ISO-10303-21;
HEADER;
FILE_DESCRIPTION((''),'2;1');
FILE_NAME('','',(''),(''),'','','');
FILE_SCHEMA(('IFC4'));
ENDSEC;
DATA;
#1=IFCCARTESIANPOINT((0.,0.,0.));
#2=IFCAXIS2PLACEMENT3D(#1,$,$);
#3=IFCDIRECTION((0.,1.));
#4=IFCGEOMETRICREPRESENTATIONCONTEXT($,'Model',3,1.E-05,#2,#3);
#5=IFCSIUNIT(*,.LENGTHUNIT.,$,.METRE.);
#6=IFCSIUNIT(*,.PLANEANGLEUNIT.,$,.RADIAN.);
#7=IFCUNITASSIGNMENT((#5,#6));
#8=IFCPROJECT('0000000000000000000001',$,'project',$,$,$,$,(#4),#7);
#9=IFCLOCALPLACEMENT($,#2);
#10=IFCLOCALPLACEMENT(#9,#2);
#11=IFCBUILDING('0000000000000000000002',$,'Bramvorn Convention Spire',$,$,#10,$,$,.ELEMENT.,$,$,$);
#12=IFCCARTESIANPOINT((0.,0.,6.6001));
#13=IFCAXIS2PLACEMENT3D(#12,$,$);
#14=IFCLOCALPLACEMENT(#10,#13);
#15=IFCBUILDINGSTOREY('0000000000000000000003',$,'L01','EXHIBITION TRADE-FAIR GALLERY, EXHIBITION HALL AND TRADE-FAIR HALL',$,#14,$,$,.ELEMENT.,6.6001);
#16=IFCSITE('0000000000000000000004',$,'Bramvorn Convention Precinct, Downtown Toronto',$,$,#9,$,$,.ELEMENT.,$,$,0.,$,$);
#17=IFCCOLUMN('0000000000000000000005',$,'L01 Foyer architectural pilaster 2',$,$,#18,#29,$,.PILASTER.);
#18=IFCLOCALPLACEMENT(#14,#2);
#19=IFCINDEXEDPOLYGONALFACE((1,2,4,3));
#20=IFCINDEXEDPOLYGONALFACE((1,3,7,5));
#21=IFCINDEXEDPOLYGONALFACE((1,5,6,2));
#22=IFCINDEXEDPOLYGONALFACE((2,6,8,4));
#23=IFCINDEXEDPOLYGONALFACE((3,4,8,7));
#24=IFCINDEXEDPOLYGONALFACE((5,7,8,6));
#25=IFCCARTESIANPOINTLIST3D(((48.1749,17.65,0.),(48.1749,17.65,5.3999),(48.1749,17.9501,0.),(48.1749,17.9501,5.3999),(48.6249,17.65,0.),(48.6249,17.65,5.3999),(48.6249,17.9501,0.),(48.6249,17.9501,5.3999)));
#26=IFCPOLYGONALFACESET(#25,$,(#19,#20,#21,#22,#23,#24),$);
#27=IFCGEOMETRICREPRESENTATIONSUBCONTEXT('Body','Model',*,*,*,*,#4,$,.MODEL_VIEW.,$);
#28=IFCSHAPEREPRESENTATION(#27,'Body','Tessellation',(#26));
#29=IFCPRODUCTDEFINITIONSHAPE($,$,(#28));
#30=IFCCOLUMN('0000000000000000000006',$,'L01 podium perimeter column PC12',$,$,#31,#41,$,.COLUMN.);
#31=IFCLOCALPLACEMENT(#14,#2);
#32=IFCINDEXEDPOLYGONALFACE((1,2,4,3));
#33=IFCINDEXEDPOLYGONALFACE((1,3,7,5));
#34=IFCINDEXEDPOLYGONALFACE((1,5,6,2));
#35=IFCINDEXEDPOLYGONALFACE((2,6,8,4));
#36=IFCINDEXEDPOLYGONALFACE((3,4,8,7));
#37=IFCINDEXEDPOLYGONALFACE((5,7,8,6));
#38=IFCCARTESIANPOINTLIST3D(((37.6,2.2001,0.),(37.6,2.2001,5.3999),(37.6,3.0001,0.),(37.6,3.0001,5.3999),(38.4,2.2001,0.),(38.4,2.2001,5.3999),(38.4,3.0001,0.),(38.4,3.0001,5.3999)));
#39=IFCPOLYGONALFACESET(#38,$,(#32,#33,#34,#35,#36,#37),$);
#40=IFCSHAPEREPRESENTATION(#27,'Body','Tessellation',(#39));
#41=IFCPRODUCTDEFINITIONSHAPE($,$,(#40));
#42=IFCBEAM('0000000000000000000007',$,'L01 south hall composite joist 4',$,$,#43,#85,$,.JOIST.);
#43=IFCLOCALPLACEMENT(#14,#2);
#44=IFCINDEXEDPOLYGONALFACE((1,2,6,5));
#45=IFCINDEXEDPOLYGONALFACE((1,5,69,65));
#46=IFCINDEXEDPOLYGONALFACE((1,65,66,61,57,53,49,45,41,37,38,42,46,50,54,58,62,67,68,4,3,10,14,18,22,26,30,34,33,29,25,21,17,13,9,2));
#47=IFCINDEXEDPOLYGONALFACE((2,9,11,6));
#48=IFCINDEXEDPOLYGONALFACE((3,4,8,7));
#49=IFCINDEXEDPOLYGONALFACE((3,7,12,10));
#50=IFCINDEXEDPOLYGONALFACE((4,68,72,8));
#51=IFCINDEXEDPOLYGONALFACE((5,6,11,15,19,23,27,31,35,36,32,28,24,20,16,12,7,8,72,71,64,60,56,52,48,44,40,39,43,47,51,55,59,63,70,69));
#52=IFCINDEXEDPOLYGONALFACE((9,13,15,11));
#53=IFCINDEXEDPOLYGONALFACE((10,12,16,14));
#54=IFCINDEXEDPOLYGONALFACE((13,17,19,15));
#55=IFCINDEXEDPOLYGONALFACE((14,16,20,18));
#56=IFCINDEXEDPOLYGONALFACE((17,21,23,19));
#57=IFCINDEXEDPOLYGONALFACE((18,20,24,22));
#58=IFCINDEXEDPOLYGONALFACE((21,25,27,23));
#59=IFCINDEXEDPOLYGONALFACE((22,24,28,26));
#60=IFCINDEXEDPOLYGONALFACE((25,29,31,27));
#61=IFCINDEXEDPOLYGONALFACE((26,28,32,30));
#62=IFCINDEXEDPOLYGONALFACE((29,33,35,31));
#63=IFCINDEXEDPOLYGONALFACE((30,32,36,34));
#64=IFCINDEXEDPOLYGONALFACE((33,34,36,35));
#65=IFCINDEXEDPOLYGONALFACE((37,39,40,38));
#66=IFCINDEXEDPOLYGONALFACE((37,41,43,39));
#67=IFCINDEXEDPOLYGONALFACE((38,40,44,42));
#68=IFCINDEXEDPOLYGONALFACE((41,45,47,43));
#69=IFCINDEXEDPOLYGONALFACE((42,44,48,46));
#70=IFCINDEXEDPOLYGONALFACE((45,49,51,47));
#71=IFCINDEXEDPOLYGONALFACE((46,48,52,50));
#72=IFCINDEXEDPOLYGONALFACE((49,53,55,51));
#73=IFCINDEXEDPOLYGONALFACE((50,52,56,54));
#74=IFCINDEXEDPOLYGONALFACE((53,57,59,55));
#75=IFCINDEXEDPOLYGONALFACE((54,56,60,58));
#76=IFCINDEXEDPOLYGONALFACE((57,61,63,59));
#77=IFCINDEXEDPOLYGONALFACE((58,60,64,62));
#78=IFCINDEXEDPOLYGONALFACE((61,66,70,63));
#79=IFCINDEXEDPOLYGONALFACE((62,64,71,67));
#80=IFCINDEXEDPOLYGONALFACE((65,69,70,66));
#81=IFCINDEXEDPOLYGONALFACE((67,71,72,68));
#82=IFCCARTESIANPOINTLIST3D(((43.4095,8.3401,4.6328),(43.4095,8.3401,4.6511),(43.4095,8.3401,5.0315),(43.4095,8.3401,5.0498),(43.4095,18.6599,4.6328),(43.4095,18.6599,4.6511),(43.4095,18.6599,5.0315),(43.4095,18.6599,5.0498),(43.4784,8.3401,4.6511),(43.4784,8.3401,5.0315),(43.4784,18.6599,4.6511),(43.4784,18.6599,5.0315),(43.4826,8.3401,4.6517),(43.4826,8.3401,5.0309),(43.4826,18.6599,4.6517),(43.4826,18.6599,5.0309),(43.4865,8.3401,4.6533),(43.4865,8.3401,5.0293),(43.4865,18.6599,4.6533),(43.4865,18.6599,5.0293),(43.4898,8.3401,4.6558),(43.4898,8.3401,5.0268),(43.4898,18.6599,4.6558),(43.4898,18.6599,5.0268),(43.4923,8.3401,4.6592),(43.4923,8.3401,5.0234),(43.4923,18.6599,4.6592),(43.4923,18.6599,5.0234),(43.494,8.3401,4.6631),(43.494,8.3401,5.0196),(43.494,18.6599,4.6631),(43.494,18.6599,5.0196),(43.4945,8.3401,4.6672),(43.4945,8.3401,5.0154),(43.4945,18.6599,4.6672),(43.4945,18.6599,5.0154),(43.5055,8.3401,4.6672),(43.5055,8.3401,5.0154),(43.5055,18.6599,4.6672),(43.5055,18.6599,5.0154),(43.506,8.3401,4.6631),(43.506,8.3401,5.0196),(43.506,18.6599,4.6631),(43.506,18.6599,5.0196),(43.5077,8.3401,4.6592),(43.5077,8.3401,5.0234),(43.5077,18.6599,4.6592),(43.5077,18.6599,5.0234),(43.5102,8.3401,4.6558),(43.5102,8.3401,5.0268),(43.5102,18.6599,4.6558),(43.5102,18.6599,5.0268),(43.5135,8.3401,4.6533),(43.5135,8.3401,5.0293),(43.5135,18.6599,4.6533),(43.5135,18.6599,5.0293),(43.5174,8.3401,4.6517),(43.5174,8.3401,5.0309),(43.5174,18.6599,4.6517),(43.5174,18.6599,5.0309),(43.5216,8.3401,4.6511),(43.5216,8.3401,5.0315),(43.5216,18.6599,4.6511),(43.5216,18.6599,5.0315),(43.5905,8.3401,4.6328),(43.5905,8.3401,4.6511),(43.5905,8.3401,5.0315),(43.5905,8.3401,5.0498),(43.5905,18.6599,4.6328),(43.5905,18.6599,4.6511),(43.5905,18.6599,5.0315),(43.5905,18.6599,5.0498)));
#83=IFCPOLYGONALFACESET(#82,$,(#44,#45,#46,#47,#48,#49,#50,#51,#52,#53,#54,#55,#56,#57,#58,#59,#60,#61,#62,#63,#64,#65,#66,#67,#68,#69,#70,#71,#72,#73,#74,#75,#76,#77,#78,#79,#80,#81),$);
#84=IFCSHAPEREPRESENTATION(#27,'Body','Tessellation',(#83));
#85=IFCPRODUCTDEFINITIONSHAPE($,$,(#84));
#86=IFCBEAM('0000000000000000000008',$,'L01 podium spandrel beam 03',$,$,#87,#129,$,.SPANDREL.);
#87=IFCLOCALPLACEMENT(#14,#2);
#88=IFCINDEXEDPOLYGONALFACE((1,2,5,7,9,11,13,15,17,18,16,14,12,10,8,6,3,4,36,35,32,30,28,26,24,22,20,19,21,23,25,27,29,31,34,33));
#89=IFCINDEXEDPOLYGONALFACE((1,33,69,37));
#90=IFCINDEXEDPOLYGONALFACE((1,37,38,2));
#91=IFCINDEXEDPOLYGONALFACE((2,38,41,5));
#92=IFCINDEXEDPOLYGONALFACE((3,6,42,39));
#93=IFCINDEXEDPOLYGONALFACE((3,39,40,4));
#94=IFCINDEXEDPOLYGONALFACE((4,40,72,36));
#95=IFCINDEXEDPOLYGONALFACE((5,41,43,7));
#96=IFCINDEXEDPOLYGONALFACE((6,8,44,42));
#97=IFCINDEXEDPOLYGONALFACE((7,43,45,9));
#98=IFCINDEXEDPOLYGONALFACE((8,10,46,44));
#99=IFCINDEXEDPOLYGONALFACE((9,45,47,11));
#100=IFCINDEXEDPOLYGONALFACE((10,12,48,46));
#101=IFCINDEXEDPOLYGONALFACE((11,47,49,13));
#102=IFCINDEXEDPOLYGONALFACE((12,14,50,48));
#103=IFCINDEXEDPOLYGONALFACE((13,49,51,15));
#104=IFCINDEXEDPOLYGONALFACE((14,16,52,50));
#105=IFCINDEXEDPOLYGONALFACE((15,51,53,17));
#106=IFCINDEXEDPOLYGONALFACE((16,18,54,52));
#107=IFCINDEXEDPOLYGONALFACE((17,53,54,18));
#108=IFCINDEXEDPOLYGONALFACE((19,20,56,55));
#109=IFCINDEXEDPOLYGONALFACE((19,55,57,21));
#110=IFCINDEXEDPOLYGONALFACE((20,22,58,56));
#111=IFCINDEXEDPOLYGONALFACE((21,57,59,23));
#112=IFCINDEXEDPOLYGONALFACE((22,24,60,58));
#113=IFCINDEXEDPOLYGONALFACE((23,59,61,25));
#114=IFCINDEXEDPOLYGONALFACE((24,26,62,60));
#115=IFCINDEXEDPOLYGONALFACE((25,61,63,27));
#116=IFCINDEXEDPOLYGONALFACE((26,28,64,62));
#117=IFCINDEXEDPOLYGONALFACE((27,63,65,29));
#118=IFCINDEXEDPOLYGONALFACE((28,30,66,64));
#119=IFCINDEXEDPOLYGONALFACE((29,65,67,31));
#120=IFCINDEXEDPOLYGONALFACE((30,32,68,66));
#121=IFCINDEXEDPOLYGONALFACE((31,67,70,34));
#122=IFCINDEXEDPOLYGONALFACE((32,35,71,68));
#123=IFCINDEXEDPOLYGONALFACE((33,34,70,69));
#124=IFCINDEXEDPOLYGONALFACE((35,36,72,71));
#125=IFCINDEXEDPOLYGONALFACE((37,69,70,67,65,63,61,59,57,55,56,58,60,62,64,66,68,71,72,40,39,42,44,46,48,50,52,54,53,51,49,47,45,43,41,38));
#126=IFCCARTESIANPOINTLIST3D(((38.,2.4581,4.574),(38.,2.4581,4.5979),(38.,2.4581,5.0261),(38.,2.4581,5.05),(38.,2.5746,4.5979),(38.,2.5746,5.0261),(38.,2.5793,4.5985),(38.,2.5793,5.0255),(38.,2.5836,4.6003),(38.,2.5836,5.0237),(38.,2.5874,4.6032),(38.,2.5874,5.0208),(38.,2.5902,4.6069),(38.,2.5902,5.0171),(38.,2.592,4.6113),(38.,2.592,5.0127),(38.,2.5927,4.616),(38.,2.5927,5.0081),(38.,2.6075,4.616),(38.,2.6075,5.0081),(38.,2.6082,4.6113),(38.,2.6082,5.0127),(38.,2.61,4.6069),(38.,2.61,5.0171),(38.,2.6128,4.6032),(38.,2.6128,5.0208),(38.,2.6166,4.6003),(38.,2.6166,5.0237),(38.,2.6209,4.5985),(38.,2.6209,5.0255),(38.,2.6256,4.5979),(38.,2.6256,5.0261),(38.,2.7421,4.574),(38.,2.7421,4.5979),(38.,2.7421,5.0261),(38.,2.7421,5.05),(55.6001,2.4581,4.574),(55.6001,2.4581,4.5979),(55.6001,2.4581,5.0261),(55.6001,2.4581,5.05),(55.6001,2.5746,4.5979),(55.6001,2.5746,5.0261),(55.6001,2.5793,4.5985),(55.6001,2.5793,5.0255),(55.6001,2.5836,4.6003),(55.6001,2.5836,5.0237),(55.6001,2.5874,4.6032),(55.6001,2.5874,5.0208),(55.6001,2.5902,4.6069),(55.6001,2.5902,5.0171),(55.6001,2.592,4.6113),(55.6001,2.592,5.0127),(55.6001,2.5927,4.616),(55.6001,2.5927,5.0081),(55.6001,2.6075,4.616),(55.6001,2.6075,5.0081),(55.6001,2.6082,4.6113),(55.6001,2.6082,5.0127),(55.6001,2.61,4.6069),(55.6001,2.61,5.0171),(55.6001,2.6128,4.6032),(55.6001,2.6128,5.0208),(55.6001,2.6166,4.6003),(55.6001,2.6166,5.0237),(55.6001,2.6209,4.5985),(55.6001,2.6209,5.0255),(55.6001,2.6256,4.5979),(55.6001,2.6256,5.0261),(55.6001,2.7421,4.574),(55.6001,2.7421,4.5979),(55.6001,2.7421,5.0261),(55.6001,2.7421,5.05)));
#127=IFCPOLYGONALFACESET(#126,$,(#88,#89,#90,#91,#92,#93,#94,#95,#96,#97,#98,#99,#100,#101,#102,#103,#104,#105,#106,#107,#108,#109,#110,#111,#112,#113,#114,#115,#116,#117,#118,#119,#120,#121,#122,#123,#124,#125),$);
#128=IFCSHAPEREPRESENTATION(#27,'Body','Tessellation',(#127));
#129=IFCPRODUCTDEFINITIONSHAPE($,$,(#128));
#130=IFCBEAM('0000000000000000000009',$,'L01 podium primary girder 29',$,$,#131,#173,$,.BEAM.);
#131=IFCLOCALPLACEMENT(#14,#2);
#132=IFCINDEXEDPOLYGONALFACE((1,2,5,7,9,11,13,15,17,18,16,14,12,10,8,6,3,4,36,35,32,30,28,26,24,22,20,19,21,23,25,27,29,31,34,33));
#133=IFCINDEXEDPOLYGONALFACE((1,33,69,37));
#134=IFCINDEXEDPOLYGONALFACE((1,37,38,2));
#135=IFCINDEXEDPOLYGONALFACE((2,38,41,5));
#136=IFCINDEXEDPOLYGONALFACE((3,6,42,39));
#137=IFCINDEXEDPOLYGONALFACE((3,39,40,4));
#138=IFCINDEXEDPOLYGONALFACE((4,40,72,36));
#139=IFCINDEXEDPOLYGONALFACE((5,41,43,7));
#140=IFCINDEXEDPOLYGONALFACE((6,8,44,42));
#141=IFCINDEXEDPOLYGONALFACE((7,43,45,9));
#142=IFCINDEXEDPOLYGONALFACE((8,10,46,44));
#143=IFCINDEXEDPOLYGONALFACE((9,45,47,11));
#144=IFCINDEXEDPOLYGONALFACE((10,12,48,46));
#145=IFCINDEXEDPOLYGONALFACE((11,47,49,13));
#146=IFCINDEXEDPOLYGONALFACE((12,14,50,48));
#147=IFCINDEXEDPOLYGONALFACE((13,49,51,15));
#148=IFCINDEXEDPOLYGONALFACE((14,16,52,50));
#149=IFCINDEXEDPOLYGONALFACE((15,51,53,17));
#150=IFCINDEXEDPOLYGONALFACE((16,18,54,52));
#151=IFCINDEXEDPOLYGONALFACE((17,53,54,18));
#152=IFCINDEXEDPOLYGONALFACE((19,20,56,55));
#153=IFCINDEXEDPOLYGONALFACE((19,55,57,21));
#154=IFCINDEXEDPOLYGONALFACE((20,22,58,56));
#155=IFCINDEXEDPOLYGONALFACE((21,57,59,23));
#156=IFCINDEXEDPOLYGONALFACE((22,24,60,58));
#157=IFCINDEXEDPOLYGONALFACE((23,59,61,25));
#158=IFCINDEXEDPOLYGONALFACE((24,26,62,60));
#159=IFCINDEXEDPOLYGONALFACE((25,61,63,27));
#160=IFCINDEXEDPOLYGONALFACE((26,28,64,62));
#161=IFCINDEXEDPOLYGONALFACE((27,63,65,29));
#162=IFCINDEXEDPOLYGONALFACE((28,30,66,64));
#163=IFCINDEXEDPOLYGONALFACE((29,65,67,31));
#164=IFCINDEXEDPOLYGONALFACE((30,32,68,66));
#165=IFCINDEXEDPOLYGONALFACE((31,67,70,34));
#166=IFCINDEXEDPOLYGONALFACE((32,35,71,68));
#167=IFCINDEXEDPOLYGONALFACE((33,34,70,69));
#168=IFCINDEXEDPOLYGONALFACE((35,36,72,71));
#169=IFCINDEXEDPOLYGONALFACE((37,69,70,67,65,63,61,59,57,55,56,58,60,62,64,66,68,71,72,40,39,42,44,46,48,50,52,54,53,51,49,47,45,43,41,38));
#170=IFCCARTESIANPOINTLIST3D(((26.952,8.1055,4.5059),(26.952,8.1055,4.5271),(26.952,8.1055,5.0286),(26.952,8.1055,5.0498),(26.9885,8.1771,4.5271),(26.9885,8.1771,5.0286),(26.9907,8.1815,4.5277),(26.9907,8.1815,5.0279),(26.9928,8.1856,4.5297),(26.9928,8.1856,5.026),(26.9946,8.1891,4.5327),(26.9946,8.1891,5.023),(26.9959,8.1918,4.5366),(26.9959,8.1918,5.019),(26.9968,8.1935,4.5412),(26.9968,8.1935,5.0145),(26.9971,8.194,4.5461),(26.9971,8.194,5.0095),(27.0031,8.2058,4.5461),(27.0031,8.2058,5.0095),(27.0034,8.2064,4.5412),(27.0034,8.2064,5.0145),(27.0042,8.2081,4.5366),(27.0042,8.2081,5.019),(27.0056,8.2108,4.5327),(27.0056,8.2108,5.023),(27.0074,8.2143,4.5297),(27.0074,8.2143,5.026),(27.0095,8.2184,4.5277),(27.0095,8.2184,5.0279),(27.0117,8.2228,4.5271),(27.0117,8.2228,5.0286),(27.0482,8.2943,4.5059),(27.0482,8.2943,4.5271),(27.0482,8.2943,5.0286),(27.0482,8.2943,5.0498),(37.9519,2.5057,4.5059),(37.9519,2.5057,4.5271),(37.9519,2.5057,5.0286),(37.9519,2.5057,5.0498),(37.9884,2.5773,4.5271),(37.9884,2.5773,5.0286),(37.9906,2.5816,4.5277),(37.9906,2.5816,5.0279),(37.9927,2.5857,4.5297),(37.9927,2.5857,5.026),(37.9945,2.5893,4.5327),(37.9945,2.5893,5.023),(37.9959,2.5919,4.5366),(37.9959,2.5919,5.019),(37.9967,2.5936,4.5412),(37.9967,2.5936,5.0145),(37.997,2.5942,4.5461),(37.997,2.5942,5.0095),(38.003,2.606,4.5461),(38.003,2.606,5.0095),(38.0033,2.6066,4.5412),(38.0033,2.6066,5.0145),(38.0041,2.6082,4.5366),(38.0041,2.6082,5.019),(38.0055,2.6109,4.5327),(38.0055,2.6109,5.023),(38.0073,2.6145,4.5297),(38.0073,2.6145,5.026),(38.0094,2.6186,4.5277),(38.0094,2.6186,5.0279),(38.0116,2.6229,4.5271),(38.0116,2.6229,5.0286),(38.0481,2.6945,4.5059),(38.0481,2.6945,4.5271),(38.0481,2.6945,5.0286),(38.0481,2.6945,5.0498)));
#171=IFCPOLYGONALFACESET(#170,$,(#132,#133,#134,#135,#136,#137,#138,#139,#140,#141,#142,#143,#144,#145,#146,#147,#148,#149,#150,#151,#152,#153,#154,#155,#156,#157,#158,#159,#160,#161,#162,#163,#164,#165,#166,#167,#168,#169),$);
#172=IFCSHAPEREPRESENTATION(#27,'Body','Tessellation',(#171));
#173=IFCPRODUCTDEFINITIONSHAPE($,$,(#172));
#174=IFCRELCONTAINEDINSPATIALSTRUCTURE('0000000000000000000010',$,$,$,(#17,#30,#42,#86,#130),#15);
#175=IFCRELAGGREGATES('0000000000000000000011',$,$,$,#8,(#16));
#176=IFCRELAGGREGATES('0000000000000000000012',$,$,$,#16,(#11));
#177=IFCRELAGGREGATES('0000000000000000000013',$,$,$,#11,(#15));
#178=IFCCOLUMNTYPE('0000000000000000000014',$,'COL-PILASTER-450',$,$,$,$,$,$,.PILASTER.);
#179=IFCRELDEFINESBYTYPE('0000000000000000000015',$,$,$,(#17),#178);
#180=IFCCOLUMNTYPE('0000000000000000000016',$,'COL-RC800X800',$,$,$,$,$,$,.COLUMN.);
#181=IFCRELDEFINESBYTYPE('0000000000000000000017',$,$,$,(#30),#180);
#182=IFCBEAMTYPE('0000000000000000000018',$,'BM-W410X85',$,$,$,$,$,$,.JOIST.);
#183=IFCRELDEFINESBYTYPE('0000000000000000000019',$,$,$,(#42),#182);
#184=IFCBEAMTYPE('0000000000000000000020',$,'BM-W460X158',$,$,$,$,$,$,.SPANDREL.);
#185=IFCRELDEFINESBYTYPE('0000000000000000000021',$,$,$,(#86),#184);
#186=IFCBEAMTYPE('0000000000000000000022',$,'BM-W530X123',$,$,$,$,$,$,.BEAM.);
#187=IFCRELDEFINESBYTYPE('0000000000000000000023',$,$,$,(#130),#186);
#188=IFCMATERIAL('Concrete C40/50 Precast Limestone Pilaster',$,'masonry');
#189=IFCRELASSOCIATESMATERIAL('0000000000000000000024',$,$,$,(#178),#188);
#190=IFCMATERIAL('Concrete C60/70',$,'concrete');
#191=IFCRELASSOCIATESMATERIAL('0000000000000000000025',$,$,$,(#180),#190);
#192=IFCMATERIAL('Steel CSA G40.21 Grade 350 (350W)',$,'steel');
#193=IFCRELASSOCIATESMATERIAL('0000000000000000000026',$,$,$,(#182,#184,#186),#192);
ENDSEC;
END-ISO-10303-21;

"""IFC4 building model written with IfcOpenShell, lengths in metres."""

from ifc_helpers import new_model, si_unit, direction, frame, origin, origin_2d, place, context, subcontext, project, spatial, rectangle, i_section, extrude, material, material_profile, profile_set, type_object, element, save


model = new_model("IFC4")

# Units and contexts
model_context = context("Model", 3, precision=1e-05, world=origin(), true_north=direction((0.0, 1.0)))
body_context = subcontext(model_context, "Body", "Model", "MODEL_VIEW")
ifc_project = project(units=[si_unit("LENGTHUNIT", "METRE"), si_unit("PLANEANGLEUNIT", "RADIAN")], contexts=[model_context])

# Site, building, storey
site_placement = place(None, origin())
site = spatial("IfcSite", under=ifc_project, at=site_placement, Name="Bramvorn Convention Precinct, Downtown Toronto", CompositionType="ELEMENT", RefElevation=0.0)
building_placement = place(site_placement, origin())
building = spatial("IfcBuilding", under=site, at=building_placement, Name="Bramvorn Convention Spire", CompositionType="ELEMENT")
storey_placement = place(building_placement, frame((0.0, 0.0, 6.6001)))
storey = spatial("IfcBuildingStorey", under=building, at=storey_placement, Name="L01", Description="EXHIBITION TRADE-FAIR GALLERY, EXHIBITION HALL AND TRADE-FAIR HALL", CompositionType="ELEMENT", Elevation=6.6001)

# Columns
ifc_material_1 = material(Name="Steel CSA G40.21 Grade 350 (350W)", Category="steel")
ifc_material_2 = material(Name="Concrete C40/50 Precast Limestone Pilaster", Category="masonry")
ifc_material_profile_1 = material_profile(ifc_material_2, rectangle(XDim=0.45, YDim=0.3, at=origin_2d()))
ifc_profile_set_1 = profile_set([ifc_material_profile_1], Name="Concrete C40/50 Precast Limestone Pilaster - PILASTER450X300")
column_type_1 = type_object("IfcColumnType", Name="COL-PILASTER-450", PredefinedType="PILASTER", material=ifc_profile_set_1)
column_1_placement = place(storey_placement, frame((48.3999, 17.8, 0.0), z_axis=(0.0, 0.0, 1.0), x_axis=(1.0, 0.0, 0.0)))
element("IfcColumn", 1, at=column_1_placement, inside=storey, type_object=column_type_1, Name="L01 Foyer architectural pilaster 2", PredefinedType="PILASTER", context=body_context, shape_type="SweptSolid", body=[
    extrude(rectangle(XDim=0.45, YDim=0.3, at=origin_2d()), origin(), (0.0, 0.0, 1.0), 5.3999),
])
ifc_material_3 = material(Name="Concrete C60/70", Category="concrete")
ifc_material_profile_2 = material_profile(ifc_material_3, rectangle(XDim=0.8, YDim=0.8, at=origin_2d()))
ifc_profile_set_2 = profile_set([ifc_material_profile_2], Name="Concrete C60/70 - RC800X800")
column_type_2 = type_object("IfcColumnType", Name="COL-RC800X800", PredefinedType="COLUMN", material=ifc_profile_set_2)
column_2_placement = place(storey_placement, frame((38.0, 2.6001, 0.0), z_axis=(0.0, 0.0, 1.0), x_axis=(1.0, 0.0, 0.0)))
element("IfcColumn", 2, at=column_2_placement, inside=storey, type_object=column_type_2, Name="L01 podium perimeter column PC12", PredefinedType="COLUMN", context=body_context, shape_type="SweptSolid", body=[
    extrude(rectangle(XDim=0.8, YDim=0.8, at=origin_2d()), origin(), (0.0, 0.0, 1.0), 5.3999),
])

# Beams
ifc_material_profile_3 = material_profile(ifc_material_1, i_section(OverallWidth=0.1809, OverallDepth=0.417, WebThickness=0.011, FlangeThickness=0.0183, FilletRadius=0.0161, at=origin_2d()))
ifc_profile_set_3 = profile_set([ifc_material_profile_3], Name="Steel CSA G40.21 Grade 350 (350W) - W410X85")
beam_type_1 = type_object("IfcBeamType", Name="BM-W410X85", PredefinedType="JOIST", material=ifc_profile_set_3)
beam_1_placement = place(storey_placement, frame((43.5, 8.3401, 4.8413), z_axis=(0.0, 1.0, 0.0), x_axis=(-1.0, 0.0, 0.0)))
element("IfcBeam", 3, at=beam_1_placement, inside=storey, type_object=beam_type_1, Name="L01 south hall composite joist 4", PredefinedType="JOIST", context=body_context, shape_type="SweptSolid", body=[
    extrude(i_section(OverallWidth=0.1809, OverallDepth=0.417, WebThickness=0.011, FlangeThickness=0.0183, FilletRadius=0.0161, at=origin_2d()), origin(), (0.0, 0.0, 1.0), 10.3198),
])
ifc_material_profile_4 = material_profile(ifc_material_1, i_section(OverallWidth=0.2839, OverallDepth=0.4761, WebThickness=0.0149, FlangeThickness=0.0239, FilletRadius=0.0181, at=origin_2d()))
ifc_profile_set_4 = profile_set([ifc_material_profile_4], Name="Steel CSA G40.21 Grade 350 (350W) - W460X158")
beam_type_2 = type_object("IfcBeamType", Name="BM-W460X158", PredefinedType="SPANDREL", material=ifc_profile_set_4)
beam_2_placement = place(storey_placement, frame((38.0, 2.6001, 4.812), z_axis=(1.0, 0.0, 0.0), x_axis=(0.0, 1.0, 0.0)))
element("IfcBeam", 4, at=beam_2_placement, inside=storey, type_object=beam_type_2, Name="L01 podium spandrel beam 03", PredefinedType="SPANDREL", context=body_context, shape_type="SweptSolid", body=[
    extrude(i_section(OverallWidth=0.2839, OverallDepth=0.4761, WebThickness=0.0149, FlangeThickness=0.0239, FilletRadius=0.0181, at=origin_2d()), origin(), (0.0, 0.0, 1.0), 17.6001),
])
ifc_material_profile_5 = material_profile(ifc_material_1, i_section(OverallWidth=0.2119, OverallDepth=0.5439, WebThickness=0.0132, FlangeThickness=0.0212, FilletRadius=0.019, at=origin_2d()))
ifc_profile_set_5 = profile_set([ifc_material_profile_5], Name="Steel CSA G40.21 Grade 350 (350W) - W530X123")
beam_type_3 = type_object("IfcBeamType", Name="BM-W530X123", PredefinedType="BEAM", material=ifc_profile_set_5)
beam_3_placement = place(storey_placement, frame((38.0, 2.6001, 4.7778), z_axis=(-0.891168, 0.453674, 0.0), x_axis=(-0.453674, -0.891168, 0.0)))
element("IfcBeam", 5, at=beam_3_placement, inside=storey, type_object=beam_type_3, Name="L01 podium primary girder 29", PredefinedType="BEAM", context=body_context, shape_type="SweptSolid", body=[
    extrude(i_section(OverallWidth=0.2119, OverallDepth=0.5439, WebThickness=0.0132, FlangeThickness=0.0212, FilletRadius=0.019, at=origin_2d()), origin(), (0.0, 0.0, 1.0), 12.3433),
])

save(model, "model.ifc")
